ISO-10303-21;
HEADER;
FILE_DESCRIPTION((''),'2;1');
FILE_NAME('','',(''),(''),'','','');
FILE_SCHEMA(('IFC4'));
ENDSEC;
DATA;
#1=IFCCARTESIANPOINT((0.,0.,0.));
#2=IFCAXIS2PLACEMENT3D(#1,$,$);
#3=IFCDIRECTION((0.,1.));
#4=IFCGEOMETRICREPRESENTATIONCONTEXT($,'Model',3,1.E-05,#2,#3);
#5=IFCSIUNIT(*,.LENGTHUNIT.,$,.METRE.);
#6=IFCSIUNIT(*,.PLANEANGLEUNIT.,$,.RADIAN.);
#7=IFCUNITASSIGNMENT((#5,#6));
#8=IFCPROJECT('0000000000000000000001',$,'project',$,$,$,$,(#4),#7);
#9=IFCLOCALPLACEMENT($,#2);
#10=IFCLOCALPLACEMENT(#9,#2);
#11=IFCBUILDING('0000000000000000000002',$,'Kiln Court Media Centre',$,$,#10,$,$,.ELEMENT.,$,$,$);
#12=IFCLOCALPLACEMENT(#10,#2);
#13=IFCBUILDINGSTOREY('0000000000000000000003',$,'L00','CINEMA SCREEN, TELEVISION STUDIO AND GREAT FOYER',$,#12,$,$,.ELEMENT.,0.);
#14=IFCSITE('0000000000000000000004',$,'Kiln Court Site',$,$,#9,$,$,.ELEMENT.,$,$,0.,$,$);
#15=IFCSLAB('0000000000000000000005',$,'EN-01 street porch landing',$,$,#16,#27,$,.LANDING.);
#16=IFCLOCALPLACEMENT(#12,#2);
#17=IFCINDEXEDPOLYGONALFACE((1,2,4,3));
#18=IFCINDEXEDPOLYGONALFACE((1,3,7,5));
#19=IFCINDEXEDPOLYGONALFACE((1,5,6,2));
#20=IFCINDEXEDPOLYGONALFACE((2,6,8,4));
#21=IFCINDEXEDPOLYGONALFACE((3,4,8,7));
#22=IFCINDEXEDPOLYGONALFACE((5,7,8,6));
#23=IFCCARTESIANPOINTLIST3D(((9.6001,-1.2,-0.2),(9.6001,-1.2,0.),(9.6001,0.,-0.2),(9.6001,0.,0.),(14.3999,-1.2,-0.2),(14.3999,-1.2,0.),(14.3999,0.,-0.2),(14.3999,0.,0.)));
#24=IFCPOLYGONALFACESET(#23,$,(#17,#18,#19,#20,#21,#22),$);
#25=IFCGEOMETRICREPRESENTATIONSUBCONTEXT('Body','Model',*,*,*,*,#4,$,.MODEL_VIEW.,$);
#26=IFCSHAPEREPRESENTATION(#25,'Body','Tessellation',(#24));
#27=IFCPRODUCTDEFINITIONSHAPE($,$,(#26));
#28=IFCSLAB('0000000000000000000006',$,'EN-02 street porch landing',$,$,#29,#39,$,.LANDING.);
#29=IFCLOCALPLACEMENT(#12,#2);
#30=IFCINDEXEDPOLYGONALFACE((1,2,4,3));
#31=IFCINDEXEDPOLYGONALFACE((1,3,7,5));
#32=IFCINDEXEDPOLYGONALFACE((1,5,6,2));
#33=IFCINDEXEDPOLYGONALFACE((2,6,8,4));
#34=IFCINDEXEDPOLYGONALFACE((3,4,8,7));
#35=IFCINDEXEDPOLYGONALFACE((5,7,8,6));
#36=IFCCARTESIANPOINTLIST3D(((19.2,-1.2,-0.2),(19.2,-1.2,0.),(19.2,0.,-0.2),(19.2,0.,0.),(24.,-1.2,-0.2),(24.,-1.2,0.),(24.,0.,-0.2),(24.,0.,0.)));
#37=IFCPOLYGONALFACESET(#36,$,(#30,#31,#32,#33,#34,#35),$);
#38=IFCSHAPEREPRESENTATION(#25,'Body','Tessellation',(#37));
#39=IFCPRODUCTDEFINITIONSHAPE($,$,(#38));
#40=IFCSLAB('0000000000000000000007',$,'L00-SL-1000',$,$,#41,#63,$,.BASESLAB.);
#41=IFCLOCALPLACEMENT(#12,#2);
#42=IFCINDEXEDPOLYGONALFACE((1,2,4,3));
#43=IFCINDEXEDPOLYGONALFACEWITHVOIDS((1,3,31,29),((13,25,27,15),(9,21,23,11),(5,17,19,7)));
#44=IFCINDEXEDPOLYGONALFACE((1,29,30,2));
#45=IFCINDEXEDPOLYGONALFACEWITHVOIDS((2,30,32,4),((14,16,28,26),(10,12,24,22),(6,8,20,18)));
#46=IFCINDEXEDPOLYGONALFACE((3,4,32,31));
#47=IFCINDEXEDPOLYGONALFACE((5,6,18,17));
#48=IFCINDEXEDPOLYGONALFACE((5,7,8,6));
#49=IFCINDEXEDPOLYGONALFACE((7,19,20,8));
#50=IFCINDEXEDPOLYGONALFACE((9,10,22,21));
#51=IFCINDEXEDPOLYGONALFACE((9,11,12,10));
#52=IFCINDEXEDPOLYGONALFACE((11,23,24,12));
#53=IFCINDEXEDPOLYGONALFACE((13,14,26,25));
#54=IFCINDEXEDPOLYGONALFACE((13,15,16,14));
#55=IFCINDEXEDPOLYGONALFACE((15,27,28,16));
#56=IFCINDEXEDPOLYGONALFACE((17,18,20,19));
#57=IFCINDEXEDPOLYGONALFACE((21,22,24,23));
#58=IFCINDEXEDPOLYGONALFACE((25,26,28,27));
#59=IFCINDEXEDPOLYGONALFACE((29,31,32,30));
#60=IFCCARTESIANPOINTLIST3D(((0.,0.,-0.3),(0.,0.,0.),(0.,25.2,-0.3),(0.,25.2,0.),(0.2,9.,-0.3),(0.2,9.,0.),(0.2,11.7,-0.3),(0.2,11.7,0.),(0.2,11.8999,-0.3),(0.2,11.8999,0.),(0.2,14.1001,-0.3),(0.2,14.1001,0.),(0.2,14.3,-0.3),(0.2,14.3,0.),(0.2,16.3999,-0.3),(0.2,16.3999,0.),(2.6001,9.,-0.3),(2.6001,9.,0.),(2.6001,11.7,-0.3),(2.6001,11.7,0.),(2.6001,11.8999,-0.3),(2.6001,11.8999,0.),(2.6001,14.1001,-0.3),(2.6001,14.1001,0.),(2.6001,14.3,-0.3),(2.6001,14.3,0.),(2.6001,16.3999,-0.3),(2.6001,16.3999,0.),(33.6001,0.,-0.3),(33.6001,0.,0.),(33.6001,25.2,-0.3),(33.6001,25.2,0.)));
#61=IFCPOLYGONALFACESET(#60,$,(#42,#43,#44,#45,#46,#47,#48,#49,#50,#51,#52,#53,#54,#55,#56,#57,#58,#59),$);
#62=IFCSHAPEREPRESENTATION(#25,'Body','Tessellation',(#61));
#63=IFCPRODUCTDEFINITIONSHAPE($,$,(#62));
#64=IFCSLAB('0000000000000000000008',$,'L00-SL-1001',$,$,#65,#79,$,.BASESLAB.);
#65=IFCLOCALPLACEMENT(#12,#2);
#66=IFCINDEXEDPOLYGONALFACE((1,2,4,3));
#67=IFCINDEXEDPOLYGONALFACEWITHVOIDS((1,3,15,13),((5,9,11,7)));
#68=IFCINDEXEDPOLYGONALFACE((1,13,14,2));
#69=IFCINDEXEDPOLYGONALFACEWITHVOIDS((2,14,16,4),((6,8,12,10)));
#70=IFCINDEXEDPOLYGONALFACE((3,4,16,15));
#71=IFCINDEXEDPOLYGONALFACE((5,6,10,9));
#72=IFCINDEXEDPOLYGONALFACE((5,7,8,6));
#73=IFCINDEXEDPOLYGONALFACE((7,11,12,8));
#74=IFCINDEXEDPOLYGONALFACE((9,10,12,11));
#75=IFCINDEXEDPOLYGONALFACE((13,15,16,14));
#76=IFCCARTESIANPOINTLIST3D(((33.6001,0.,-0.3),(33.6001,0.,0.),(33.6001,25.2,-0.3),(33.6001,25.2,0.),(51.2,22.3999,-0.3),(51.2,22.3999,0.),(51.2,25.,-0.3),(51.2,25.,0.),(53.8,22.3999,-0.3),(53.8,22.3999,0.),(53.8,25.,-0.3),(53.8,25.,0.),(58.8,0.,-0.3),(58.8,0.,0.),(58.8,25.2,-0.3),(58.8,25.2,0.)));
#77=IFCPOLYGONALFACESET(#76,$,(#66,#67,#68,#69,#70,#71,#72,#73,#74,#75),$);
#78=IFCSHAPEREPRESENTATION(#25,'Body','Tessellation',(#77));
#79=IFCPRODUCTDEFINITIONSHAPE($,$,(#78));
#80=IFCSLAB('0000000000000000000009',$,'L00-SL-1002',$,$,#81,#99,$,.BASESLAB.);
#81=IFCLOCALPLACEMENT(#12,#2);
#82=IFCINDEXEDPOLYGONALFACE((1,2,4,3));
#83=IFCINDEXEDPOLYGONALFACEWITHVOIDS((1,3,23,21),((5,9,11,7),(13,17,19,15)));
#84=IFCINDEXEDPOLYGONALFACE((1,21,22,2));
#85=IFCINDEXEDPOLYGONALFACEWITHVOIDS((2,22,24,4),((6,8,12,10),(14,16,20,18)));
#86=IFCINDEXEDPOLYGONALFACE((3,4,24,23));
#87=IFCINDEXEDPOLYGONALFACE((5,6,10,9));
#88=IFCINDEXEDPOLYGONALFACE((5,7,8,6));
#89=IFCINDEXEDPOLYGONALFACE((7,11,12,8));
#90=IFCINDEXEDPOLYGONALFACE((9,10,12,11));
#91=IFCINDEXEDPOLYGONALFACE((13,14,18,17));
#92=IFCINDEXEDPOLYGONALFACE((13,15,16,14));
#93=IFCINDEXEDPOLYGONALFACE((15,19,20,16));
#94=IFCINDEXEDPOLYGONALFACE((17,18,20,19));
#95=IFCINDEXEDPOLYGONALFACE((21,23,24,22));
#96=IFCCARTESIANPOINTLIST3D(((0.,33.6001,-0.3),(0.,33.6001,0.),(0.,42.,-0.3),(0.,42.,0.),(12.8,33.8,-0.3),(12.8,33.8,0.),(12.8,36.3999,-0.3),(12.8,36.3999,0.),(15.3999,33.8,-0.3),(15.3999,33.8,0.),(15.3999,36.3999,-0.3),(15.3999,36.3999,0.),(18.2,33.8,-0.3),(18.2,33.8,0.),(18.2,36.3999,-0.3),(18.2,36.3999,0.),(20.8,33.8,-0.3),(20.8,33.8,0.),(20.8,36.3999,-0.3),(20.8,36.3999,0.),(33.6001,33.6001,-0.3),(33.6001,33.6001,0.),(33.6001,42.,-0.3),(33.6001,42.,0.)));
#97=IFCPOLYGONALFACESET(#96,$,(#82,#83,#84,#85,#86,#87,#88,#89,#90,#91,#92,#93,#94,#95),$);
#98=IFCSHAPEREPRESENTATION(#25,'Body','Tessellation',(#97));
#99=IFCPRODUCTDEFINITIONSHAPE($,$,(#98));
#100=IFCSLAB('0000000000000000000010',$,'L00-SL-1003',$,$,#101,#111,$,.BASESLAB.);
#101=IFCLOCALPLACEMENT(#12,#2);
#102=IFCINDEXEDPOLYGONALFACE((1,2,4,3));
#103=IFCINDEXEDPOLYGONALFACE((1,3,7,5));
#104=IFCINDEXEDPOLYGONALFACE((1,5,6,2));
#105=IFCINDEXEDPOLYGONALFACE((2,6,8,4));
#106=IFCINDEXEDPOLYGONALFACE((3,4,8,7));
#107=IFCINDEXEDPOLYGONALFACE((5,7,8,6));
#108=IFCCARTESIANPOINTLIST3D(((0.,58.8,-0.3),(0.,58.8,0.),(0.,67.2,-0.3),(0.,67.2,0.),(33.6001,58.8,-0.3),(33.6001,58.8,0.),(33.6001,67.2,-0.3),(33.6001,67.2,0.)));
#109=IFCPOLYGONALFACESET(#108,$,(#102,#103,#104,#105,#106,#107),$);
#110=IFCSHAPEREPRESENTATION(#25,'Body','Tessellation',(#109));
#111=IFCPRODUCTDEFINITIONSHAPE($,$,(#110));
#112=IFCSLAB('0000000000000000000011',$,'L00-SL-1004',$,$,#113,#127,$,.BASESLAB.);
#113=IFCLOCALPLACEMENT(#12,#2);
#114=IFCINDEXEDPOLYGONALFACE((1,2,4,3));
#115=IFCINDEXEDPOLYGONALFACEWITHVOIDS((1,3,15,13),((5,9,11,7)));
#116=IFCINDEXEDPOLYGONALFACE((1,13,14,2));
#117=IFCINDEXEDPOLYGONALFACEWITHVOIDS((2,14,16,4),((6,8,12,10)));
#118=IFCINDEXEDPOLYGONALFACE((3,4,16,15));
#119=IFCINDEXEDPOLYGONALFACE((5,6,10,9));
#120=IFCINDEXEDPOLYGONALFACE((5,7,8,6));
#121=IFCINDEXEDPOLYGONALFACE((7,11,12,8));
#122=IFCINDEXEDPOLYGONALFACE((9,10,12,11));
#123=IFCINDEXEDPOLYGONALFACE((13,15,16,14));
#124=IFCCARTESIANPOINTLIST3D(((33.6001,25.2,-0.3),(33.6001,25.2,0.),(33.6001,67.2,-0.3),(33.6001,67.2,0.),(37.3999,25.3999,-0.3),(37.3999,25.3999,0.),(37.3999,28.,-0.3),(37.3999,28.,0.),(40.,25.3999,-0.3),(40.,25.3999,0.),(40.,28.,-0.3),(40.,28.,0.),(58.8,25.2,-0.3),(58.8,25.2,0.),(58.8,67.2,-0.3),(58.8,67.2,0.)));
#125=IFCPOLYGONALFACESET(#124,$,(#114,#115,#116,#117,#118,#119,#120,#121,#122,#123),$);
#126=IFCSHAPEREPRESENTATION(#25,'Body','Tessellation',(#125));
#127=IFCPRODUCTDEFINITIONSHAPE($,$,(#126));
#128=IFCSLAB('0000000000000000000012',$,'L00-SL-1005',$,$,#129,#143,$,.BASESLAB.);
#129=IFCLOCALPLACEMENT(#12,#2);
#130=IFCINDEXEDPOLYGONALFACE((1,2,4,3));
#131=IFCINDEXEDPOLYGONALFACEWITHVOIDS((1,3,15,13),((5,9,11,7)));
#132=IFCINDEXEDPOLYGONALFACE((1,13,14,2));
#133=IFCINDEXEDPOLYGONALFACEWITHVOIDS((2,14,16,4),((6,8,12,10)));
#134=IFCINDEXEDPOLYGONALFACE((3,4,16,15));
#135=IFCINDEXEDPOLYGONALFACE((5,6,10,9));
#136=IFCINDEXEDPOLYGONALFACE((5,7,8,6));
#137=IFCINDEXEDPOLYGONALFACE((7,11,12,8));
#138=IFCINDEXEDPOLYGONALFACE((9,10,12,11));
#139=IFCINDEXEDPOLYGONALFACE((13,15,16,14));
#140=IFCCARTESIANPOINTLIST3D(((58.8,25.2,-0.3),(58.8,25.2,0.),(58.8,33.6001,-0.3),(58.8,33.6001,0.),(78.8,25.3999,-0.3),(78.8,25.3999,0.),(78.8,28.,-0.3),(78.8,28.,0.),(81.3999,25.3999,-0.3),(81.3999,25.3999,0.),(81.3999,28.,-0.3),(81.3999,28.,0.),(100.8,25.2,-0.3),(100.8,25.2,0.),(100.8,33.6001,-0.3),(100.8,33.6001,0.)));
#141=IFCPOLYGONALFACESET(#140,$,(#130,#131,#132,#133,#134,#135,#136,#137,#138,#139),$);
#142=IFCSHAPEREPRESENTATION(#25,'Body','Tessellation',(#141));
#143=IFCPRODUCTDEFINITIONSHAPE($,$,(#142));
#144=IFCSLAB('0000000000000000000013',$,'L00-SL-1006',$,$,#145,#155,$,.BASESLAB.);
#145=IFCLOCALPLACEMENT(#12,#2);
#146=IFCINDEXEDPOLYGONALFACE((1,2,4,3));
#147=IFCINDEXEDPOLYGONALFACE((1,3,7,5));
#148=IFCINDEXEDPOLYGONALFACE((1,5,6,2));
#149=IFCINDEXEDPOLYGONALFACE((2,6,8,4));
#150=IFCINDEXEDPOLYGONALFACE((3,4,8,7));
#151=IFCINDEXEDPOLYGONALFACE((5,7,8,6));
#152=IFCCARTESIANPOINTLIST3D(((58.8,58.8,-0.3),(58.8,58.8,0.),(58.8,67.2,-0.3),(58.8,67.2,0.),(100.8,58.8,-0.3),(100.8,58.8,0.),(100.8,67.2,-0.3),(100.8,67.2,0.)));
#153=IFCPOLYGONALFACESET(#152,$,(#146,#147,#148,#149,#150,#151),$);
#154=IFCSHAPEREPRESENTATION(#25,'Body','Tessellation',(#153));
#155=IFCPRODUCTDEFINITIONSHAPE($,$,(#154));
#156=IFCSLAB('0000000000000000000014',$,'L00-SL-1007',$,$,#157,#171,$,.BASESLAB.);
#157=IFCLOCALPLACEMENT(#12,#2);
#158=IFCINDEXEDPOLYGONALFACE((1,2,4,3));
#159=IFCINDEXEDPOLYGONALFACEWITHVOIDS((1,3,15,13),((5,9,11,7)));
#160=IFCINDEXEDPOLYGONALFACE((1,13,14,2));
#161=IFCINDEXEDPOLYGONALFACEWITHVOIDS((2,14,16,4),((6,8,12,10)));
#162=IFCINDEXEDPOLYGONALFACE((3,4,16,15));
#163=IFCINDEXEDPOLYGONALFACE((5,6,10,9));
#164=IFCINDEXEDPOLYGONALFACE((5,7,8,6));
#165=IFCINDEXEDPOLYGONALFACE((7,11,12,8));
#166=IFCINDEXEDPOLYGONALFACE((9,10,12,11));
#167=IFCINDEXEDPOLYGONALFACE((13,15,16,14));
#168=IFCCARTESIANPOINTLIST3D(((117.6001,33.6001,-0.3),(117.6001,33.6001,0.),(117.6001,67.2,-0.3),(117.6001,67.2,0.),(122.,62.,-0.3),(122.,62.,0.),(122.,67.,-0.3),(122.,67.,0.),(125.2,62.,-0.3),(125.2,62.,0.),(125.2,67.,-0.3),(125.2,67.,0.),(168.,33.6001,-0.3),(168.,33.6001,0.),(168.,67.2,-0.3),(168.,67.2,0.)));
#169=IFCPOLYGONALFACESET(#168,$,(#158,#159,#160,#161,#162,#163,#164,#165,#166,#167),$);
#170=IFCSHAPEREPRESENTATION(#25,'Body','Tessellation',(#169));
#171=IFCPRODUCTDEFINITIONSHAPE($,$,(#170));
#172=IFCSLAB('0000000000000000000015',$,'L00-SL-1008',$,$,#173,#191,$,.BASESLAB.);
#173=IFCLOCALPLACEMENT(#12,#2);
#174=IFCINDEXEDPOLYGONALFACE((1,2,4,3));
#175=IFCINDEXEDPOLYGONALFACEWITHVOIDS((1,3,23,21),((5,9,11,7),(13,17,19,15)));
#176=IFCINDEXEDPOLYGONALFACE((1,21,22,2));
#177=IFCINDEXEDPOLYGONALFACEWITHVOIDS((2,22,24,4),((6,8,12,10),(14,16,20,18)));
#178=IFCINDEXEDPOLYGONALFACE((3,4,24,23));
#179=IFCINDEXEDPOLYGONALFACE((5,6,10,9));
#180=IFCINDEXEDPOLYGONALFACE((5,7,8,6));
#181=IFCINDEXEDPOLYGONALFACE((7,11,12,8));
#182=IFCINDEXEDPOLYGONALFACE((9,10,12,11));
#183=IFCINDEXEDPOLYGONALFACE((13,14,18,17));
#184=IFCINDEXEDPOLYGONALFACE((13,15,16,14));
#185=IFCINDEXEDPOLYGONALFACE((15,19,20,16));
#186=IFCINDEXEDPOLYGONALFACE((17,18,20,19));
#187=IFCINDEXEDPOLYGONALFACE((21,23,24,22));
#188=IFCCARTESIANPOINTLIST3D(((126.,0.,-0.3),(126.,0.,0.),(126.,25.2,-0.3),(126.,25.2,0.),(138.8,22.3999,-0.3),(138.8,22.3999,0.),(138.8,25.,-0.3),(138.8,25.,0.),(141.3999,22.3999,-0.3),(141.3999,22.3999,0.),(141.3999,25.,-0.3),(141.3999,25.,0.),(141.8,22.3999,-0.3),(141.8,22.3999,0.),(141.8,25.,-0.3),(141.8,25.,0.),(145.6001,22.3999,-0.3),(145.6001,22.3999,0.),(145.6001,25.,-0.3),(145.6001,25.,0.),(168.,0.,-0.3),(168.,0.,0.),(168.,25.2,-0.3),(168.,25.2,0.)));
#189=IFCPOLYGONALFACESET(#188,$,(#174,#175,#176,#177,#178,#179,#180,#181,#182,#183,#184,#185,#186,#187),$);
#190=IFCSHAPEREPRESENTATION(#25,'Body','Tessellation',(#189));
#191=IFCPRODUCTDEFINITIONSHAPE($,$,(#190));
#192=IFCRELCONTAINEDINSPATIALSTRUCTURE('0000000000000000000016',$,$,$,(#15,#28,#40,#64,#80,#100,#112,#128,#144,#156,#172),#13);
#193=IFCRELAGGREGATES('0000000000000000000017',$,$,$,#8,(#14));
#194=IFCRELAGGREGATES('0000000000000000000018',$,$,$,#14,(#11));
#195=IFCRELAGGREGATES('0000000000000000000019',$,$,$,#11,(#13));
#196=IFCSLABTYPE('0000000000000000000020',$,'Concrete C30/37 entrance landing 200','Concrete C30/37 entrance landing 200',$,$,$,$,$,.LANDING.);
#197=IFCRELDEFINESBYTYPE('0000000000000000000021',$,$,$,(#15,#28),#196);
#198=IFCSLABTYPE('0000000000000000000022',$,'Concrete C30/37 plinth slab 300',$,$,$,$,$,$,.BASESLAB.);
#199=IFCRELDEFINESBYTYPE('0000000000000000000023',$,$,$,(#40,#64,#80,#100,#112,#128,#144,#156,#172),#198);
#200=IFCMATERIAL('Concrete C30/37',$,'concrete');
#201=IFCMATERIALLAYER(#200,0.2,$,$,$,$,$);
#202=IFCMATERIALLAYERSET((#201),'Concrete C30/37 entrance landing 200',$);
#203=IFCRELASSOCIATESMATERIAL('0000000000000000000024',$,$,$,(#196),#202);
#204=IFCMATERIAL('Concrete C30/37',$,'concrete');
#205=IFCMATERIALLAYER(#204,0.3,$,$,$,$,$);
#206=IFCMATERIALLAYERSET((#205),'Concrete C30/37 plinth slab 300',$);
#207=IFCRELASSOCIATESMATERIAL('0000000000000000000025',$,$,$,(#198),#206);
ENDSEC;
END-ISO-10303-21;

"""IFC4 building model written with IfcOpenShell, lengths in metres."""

from ifc_helpers import new_model, si_unit, direction, frame, origin, place, context, subcontext, project, spatial, polyline, outline, extrude, material, layer, layer_set, type_object, element, save


model = new_model("IFC4")

# Units and contexts
model_context = context("Model", 3, precision=1e-05, world=origin(), true_north=direction((0.0, 1.0)))
body_context = subcontext(model_context, "Body", "Model", "MODEL_VIEW")
ifc_project = project(units=[si_unit("LENGTHUNIT", "METRE"), si_unit("PLANEANGLEUNIT", "RADIAN")], contexts=[model_context])

# Site, building, storey
site_placement = place(None, origin())
site = spatial("IfcSite", under=ifc_project, at=site_placement, Name="Kiln Court Site", CompositionType="ELEMENT", RefElevation=0.0)
building_placement = place(site_placement, origin())
building = spatial("IfcBuilding", under=site, at=building_placement, Name="Kiln Court Media Centre", CompositionType="ELEMENT")
storey_placement = place(building_placement, origin())
storey = spatial("IfcBuildingStorey", under=building, at=storey_placement, Name="L00", Description="CINEMA SCREEN, TELEVISION STUDIO AND GREAT FOYER", CompositionType="ELEMENT", Elevation=0.0)

# Slabs
ifc_material_1 = material(Name="Concrete C30/37", Category="concrete")
ifc_layer_1 = layer(ifc_material_1, 0.2)
ifc_layer_set_1 = layer_set([ifc_layer_1], Name="Concrete C30/37 entrance landing 200")
slab_type_1 = type_object("IfcSlabType", Name="Concrete C30/37 entrance landing 200", Description="Concrete C30/37 entrance landing 200", PredefinedType="LANDING", material=ifc_layer_set_1)
slab_1_placement = place(storey_placement, frame((0.0, 0.0, -0.2)))
element("IfcSlab", 1, at=slab_1_placement, inside=storey, type_object=slab_type_1, Name="EN-01 street porch landing", PredefinedType="LANDING", context=body_context, shape_type="SweptSolid", body=[
    extrude(outline(polyline([(9.6001, -1.2), (14.3999, -1.2), (14.3999, 0.0), (9.6001, 0.0), (9.6001, -1.2)])), origin(), (0.0, 0.0, 1.0), 0.2),
])
slab_2_placement = place(storey_placement, frame((0.0, 0.0, -0.2)))
element("IfcSlab", 2, at=slab_2_placement, inside=storey, type_object=slab_type_1, Name="EN-02 street porch landing", PredefinedType="LANDING", context=body_context, shape_type="SweptSolid", body=[
    extrude(outline(polyline([(19.2, -1.2), (24.0, -1.2), (24.0, 0.0), (19.2, 0.0), (19.2, -1.2)])), origin(), (0.0, 0.0, 1.0), 0.2),
])
ifc_material_2 = material(Name="Concrete C30/37", Category="concrete")
ifc_layer_2 = layer(ifc_material_2, 0.3)
ifc_layer_set_2 = layer_set([ifc_layer_2], Name="Concrete C30/37 plinth slab 300")
slab_type_2 = type_object("IfcSlabType", Name="Concrete C30/37 plinth slab 300", PredefinedType="BASESLAB", material=ifc_layer_set_2)
slab_3_placement = place(storey_placement, frame((0.0, 0.0, -0.3)))
element("IfcSlab", 3, at=slab_3_placement, inside=storey, type_object=slab_type_2, Name="L00-SL-1000", PredefinedType="BASESLAB", context=body_context, shape_type="SweptSolid", body=[
    extrude(outline(polyline([(0.0, 0.0), (0.0, 25.2), (33.6001, 25.2), (33.6001, 0.0), (0.0, 0.0)]), holes=[polyline([(0.2, 9.0), (2.6001, 9.0), (2.6001, 11.7), (0.2, 11.7), (0.2, 9.0)]), polyline([(0.2, 11.8999), (2.6001, 11.8999), (2.6001, 14.1001), (0.2, 14.1001), (0.2, 11.8999)]), polyline([(0.2, 14.3), (2.6001, 14.3), (2.6001, 16.3999), (0.2, 16.3999), (0.2, 14.3)])]), origin(), (0.0, 0.0, 1.0), 0.3),
])
slab_4_placement = place(storey_placement, frame((0.0, 0.0, -0.3)))
element("IfcSlab", 4, at=slab_4_placement, inside=storey, type_object=slab_type_2, Name="L00-SL-1001", PredefinedType="BASESLAB", context=body_context, shape_type="SweptSolid", body=[
    extrude(outline(polyline([(33.6001, 0.0), (33.6001, 25.2), (58.8, 25.2), (58.8, 0.0), (33.6001, 0.0)]), holes=[polyline([(51.2, 22.3999), (53.8, 22.3999), (53.8, 25.0), (51.2, 25.0), (51.2, 22.3999)])]), origin(), (0.0, 0.0, 1.0), 0.3),
])
slab_5_placement = place(storey_placement, frame((0.0, 0.0, -0.3)))
element("IfcSlab", 5, at=slab_5_placement, inside=storey, type_object=slab_type_2, Name="L00-SL-1002", PredefinedType="BASESLAB", context=body_context, shape_type="SweptSolid", body=[
    extrude(outline(polyline([(0.0, 33.6001), (0.0, 42.0), (33.6001, 42.0), (33.6001, 33.6001), (0.0, 33.6001)]), holes=[polyline([(12.8, 33.8), (15.3999, 33.8), (15.3999, 36.3999), (12.8, 36.3999), (12.8, 33.8)]), polyline([(18.2, 33.8), (20.8, 33.8), (20.8, 36.3999), (18.2, 36.3999), (18.2, 33.8)])]), origin(), (0.0, 0.0, 1.0), 0.3),
])
slab_6_placement = place(storey_placement, frame((0.0, 0.0, -0.3)))
element("IfcSlab", 6, at=slab_6_placement, inside=storey, type_object=slab_type_2, Name="L00-SL-1003", PredefinedType="BASESLAB", context=body_context, shape_type="SweptSolid", body=[
    extrude(outline(polyline([(0.0, 58.8), (0.0, 67.2), (33.6001, 67.2), (33.6001, 58.8), (0.0, 58.8)])), origin(), (0.0, 0.0, 1.0), 0.3),
])
slab_7_placement = place(storey_placement, frame((0.0, 0.0, -0.3)))
element("IfcSlab", 7, at=slab_7_placement, inside=storey, type_object=slab_type_2, Name="L00-SL-1004", PredefinedType="BASESLAB", context=body_context, shape_type="SweptSolid", body=[
    extrude(outline(polyline([(33.6001, 25.2), (33.6001, 67.2), (58.8, 67.2), (58.8, 25.2), (33.6001, 25.2)]), holes=[polyline([(37.3999, 25.3999), (40.0, 25.3999), (40.0, 28.0), (37.3999, 28.0), (37.3999, 25.3999)])]), origin(), (0.0, 0.0, 1.0), 0.3),
])
slab_8_placement = place(storey_placement, frame((0.0, 0.0, -0.3)))
element("IfcSlab", 8, at=slab_8_placement, inside=storey, type_object=slab_type_2, Name="L00-SL-1005", PredefinedType="BASESLAB", context=body_context, shape_type="SweptSolid", body=[
    extrude(outline(polyline([(58.8, 25.2), (58.8, 33.6001), (100.8, 33.6001), (100.8, 25.2), (58.8, 25.2)]), holes=[polyline([(78.8, 25.3999), (81.3999, 25.3999), (81.3999, 28.0), (78.8, 28.0), (78.8, 25.3999)])]), origin(), (0.0, 0.0, 1.0), 0.3),
])
slab_9_placement = place(storey_placement, frame((0.0, 0.0, -0.3)))
element("IfcSlab", 9, at=slab_9_placement, inside=storey, type_object=slab_type_2, Name="L00-SL-1006", PredefinedType="BASESLAB", context=body_context, shape_type="SweptSolid", body=[
    extrude(outline(polyline([(58.8, 58.8), (58.8, 67.2), (100.8, 67.2), (100.8, 58.8), (58.8, 58.8)])), origin(), (0.0, 0.0, 1.0), 0.3),
])
slab_10_placement = place(storey_placement, frame((0.0, 0.0, -0.3)))
element("IfcSlab", 10, at=slab_10_placement, inside=storey, type_object=slab_type_2, Name="L00-SL-1007", PredefinedType="BASESLAB", context=body_context, shape_type="SweptSolid", body=[
    extrude(outline(polyline([(117.6001, 33.6001), (117.6001, 67.2), (168.0, 67.2), (168.0, 33.6001), (117.6001, 33.6001)]), holes=[polyline([(122.0, 62.0), (125.2, 62.0), (125.2, 67.0), (122.0, 67.0), (122.0, 62.0)])]), origin(), (0.0, 0.0, 1.0), 0.3),
])
slab_11_placement = place(storey_placement, frame((0.0, 0.0, -0.3)))
element("IfcSlab", 11, at=slab_11_placement, inside=storey, type_object=slab_type_2, Name="L00-SL-1008", PredefinedType="BASESLAB", context=body_context, shape_type="SweptSolid", body=[
    extrude(outline(polyline([(126.0, 0.0), (126.0, 25.2), (168.0, 25.2), (168.0, 0.0), (126.0, 0.0)]), holes=[polyline([(138.8, 22.3999), (141.3999, 22.3999), (141.3999, 25.0), (138.8, 25.0), (138.8, 22.3999)]), polyline([(141.8, 22.3999), (145.6001, 22.3999), (145.6001, 25.0), (141.8, 25.0), (141.8, 22.3999)])]), origin(), (0.0, 0.0, 1.0), 0.3),
])

save(model, "model.ifc")
